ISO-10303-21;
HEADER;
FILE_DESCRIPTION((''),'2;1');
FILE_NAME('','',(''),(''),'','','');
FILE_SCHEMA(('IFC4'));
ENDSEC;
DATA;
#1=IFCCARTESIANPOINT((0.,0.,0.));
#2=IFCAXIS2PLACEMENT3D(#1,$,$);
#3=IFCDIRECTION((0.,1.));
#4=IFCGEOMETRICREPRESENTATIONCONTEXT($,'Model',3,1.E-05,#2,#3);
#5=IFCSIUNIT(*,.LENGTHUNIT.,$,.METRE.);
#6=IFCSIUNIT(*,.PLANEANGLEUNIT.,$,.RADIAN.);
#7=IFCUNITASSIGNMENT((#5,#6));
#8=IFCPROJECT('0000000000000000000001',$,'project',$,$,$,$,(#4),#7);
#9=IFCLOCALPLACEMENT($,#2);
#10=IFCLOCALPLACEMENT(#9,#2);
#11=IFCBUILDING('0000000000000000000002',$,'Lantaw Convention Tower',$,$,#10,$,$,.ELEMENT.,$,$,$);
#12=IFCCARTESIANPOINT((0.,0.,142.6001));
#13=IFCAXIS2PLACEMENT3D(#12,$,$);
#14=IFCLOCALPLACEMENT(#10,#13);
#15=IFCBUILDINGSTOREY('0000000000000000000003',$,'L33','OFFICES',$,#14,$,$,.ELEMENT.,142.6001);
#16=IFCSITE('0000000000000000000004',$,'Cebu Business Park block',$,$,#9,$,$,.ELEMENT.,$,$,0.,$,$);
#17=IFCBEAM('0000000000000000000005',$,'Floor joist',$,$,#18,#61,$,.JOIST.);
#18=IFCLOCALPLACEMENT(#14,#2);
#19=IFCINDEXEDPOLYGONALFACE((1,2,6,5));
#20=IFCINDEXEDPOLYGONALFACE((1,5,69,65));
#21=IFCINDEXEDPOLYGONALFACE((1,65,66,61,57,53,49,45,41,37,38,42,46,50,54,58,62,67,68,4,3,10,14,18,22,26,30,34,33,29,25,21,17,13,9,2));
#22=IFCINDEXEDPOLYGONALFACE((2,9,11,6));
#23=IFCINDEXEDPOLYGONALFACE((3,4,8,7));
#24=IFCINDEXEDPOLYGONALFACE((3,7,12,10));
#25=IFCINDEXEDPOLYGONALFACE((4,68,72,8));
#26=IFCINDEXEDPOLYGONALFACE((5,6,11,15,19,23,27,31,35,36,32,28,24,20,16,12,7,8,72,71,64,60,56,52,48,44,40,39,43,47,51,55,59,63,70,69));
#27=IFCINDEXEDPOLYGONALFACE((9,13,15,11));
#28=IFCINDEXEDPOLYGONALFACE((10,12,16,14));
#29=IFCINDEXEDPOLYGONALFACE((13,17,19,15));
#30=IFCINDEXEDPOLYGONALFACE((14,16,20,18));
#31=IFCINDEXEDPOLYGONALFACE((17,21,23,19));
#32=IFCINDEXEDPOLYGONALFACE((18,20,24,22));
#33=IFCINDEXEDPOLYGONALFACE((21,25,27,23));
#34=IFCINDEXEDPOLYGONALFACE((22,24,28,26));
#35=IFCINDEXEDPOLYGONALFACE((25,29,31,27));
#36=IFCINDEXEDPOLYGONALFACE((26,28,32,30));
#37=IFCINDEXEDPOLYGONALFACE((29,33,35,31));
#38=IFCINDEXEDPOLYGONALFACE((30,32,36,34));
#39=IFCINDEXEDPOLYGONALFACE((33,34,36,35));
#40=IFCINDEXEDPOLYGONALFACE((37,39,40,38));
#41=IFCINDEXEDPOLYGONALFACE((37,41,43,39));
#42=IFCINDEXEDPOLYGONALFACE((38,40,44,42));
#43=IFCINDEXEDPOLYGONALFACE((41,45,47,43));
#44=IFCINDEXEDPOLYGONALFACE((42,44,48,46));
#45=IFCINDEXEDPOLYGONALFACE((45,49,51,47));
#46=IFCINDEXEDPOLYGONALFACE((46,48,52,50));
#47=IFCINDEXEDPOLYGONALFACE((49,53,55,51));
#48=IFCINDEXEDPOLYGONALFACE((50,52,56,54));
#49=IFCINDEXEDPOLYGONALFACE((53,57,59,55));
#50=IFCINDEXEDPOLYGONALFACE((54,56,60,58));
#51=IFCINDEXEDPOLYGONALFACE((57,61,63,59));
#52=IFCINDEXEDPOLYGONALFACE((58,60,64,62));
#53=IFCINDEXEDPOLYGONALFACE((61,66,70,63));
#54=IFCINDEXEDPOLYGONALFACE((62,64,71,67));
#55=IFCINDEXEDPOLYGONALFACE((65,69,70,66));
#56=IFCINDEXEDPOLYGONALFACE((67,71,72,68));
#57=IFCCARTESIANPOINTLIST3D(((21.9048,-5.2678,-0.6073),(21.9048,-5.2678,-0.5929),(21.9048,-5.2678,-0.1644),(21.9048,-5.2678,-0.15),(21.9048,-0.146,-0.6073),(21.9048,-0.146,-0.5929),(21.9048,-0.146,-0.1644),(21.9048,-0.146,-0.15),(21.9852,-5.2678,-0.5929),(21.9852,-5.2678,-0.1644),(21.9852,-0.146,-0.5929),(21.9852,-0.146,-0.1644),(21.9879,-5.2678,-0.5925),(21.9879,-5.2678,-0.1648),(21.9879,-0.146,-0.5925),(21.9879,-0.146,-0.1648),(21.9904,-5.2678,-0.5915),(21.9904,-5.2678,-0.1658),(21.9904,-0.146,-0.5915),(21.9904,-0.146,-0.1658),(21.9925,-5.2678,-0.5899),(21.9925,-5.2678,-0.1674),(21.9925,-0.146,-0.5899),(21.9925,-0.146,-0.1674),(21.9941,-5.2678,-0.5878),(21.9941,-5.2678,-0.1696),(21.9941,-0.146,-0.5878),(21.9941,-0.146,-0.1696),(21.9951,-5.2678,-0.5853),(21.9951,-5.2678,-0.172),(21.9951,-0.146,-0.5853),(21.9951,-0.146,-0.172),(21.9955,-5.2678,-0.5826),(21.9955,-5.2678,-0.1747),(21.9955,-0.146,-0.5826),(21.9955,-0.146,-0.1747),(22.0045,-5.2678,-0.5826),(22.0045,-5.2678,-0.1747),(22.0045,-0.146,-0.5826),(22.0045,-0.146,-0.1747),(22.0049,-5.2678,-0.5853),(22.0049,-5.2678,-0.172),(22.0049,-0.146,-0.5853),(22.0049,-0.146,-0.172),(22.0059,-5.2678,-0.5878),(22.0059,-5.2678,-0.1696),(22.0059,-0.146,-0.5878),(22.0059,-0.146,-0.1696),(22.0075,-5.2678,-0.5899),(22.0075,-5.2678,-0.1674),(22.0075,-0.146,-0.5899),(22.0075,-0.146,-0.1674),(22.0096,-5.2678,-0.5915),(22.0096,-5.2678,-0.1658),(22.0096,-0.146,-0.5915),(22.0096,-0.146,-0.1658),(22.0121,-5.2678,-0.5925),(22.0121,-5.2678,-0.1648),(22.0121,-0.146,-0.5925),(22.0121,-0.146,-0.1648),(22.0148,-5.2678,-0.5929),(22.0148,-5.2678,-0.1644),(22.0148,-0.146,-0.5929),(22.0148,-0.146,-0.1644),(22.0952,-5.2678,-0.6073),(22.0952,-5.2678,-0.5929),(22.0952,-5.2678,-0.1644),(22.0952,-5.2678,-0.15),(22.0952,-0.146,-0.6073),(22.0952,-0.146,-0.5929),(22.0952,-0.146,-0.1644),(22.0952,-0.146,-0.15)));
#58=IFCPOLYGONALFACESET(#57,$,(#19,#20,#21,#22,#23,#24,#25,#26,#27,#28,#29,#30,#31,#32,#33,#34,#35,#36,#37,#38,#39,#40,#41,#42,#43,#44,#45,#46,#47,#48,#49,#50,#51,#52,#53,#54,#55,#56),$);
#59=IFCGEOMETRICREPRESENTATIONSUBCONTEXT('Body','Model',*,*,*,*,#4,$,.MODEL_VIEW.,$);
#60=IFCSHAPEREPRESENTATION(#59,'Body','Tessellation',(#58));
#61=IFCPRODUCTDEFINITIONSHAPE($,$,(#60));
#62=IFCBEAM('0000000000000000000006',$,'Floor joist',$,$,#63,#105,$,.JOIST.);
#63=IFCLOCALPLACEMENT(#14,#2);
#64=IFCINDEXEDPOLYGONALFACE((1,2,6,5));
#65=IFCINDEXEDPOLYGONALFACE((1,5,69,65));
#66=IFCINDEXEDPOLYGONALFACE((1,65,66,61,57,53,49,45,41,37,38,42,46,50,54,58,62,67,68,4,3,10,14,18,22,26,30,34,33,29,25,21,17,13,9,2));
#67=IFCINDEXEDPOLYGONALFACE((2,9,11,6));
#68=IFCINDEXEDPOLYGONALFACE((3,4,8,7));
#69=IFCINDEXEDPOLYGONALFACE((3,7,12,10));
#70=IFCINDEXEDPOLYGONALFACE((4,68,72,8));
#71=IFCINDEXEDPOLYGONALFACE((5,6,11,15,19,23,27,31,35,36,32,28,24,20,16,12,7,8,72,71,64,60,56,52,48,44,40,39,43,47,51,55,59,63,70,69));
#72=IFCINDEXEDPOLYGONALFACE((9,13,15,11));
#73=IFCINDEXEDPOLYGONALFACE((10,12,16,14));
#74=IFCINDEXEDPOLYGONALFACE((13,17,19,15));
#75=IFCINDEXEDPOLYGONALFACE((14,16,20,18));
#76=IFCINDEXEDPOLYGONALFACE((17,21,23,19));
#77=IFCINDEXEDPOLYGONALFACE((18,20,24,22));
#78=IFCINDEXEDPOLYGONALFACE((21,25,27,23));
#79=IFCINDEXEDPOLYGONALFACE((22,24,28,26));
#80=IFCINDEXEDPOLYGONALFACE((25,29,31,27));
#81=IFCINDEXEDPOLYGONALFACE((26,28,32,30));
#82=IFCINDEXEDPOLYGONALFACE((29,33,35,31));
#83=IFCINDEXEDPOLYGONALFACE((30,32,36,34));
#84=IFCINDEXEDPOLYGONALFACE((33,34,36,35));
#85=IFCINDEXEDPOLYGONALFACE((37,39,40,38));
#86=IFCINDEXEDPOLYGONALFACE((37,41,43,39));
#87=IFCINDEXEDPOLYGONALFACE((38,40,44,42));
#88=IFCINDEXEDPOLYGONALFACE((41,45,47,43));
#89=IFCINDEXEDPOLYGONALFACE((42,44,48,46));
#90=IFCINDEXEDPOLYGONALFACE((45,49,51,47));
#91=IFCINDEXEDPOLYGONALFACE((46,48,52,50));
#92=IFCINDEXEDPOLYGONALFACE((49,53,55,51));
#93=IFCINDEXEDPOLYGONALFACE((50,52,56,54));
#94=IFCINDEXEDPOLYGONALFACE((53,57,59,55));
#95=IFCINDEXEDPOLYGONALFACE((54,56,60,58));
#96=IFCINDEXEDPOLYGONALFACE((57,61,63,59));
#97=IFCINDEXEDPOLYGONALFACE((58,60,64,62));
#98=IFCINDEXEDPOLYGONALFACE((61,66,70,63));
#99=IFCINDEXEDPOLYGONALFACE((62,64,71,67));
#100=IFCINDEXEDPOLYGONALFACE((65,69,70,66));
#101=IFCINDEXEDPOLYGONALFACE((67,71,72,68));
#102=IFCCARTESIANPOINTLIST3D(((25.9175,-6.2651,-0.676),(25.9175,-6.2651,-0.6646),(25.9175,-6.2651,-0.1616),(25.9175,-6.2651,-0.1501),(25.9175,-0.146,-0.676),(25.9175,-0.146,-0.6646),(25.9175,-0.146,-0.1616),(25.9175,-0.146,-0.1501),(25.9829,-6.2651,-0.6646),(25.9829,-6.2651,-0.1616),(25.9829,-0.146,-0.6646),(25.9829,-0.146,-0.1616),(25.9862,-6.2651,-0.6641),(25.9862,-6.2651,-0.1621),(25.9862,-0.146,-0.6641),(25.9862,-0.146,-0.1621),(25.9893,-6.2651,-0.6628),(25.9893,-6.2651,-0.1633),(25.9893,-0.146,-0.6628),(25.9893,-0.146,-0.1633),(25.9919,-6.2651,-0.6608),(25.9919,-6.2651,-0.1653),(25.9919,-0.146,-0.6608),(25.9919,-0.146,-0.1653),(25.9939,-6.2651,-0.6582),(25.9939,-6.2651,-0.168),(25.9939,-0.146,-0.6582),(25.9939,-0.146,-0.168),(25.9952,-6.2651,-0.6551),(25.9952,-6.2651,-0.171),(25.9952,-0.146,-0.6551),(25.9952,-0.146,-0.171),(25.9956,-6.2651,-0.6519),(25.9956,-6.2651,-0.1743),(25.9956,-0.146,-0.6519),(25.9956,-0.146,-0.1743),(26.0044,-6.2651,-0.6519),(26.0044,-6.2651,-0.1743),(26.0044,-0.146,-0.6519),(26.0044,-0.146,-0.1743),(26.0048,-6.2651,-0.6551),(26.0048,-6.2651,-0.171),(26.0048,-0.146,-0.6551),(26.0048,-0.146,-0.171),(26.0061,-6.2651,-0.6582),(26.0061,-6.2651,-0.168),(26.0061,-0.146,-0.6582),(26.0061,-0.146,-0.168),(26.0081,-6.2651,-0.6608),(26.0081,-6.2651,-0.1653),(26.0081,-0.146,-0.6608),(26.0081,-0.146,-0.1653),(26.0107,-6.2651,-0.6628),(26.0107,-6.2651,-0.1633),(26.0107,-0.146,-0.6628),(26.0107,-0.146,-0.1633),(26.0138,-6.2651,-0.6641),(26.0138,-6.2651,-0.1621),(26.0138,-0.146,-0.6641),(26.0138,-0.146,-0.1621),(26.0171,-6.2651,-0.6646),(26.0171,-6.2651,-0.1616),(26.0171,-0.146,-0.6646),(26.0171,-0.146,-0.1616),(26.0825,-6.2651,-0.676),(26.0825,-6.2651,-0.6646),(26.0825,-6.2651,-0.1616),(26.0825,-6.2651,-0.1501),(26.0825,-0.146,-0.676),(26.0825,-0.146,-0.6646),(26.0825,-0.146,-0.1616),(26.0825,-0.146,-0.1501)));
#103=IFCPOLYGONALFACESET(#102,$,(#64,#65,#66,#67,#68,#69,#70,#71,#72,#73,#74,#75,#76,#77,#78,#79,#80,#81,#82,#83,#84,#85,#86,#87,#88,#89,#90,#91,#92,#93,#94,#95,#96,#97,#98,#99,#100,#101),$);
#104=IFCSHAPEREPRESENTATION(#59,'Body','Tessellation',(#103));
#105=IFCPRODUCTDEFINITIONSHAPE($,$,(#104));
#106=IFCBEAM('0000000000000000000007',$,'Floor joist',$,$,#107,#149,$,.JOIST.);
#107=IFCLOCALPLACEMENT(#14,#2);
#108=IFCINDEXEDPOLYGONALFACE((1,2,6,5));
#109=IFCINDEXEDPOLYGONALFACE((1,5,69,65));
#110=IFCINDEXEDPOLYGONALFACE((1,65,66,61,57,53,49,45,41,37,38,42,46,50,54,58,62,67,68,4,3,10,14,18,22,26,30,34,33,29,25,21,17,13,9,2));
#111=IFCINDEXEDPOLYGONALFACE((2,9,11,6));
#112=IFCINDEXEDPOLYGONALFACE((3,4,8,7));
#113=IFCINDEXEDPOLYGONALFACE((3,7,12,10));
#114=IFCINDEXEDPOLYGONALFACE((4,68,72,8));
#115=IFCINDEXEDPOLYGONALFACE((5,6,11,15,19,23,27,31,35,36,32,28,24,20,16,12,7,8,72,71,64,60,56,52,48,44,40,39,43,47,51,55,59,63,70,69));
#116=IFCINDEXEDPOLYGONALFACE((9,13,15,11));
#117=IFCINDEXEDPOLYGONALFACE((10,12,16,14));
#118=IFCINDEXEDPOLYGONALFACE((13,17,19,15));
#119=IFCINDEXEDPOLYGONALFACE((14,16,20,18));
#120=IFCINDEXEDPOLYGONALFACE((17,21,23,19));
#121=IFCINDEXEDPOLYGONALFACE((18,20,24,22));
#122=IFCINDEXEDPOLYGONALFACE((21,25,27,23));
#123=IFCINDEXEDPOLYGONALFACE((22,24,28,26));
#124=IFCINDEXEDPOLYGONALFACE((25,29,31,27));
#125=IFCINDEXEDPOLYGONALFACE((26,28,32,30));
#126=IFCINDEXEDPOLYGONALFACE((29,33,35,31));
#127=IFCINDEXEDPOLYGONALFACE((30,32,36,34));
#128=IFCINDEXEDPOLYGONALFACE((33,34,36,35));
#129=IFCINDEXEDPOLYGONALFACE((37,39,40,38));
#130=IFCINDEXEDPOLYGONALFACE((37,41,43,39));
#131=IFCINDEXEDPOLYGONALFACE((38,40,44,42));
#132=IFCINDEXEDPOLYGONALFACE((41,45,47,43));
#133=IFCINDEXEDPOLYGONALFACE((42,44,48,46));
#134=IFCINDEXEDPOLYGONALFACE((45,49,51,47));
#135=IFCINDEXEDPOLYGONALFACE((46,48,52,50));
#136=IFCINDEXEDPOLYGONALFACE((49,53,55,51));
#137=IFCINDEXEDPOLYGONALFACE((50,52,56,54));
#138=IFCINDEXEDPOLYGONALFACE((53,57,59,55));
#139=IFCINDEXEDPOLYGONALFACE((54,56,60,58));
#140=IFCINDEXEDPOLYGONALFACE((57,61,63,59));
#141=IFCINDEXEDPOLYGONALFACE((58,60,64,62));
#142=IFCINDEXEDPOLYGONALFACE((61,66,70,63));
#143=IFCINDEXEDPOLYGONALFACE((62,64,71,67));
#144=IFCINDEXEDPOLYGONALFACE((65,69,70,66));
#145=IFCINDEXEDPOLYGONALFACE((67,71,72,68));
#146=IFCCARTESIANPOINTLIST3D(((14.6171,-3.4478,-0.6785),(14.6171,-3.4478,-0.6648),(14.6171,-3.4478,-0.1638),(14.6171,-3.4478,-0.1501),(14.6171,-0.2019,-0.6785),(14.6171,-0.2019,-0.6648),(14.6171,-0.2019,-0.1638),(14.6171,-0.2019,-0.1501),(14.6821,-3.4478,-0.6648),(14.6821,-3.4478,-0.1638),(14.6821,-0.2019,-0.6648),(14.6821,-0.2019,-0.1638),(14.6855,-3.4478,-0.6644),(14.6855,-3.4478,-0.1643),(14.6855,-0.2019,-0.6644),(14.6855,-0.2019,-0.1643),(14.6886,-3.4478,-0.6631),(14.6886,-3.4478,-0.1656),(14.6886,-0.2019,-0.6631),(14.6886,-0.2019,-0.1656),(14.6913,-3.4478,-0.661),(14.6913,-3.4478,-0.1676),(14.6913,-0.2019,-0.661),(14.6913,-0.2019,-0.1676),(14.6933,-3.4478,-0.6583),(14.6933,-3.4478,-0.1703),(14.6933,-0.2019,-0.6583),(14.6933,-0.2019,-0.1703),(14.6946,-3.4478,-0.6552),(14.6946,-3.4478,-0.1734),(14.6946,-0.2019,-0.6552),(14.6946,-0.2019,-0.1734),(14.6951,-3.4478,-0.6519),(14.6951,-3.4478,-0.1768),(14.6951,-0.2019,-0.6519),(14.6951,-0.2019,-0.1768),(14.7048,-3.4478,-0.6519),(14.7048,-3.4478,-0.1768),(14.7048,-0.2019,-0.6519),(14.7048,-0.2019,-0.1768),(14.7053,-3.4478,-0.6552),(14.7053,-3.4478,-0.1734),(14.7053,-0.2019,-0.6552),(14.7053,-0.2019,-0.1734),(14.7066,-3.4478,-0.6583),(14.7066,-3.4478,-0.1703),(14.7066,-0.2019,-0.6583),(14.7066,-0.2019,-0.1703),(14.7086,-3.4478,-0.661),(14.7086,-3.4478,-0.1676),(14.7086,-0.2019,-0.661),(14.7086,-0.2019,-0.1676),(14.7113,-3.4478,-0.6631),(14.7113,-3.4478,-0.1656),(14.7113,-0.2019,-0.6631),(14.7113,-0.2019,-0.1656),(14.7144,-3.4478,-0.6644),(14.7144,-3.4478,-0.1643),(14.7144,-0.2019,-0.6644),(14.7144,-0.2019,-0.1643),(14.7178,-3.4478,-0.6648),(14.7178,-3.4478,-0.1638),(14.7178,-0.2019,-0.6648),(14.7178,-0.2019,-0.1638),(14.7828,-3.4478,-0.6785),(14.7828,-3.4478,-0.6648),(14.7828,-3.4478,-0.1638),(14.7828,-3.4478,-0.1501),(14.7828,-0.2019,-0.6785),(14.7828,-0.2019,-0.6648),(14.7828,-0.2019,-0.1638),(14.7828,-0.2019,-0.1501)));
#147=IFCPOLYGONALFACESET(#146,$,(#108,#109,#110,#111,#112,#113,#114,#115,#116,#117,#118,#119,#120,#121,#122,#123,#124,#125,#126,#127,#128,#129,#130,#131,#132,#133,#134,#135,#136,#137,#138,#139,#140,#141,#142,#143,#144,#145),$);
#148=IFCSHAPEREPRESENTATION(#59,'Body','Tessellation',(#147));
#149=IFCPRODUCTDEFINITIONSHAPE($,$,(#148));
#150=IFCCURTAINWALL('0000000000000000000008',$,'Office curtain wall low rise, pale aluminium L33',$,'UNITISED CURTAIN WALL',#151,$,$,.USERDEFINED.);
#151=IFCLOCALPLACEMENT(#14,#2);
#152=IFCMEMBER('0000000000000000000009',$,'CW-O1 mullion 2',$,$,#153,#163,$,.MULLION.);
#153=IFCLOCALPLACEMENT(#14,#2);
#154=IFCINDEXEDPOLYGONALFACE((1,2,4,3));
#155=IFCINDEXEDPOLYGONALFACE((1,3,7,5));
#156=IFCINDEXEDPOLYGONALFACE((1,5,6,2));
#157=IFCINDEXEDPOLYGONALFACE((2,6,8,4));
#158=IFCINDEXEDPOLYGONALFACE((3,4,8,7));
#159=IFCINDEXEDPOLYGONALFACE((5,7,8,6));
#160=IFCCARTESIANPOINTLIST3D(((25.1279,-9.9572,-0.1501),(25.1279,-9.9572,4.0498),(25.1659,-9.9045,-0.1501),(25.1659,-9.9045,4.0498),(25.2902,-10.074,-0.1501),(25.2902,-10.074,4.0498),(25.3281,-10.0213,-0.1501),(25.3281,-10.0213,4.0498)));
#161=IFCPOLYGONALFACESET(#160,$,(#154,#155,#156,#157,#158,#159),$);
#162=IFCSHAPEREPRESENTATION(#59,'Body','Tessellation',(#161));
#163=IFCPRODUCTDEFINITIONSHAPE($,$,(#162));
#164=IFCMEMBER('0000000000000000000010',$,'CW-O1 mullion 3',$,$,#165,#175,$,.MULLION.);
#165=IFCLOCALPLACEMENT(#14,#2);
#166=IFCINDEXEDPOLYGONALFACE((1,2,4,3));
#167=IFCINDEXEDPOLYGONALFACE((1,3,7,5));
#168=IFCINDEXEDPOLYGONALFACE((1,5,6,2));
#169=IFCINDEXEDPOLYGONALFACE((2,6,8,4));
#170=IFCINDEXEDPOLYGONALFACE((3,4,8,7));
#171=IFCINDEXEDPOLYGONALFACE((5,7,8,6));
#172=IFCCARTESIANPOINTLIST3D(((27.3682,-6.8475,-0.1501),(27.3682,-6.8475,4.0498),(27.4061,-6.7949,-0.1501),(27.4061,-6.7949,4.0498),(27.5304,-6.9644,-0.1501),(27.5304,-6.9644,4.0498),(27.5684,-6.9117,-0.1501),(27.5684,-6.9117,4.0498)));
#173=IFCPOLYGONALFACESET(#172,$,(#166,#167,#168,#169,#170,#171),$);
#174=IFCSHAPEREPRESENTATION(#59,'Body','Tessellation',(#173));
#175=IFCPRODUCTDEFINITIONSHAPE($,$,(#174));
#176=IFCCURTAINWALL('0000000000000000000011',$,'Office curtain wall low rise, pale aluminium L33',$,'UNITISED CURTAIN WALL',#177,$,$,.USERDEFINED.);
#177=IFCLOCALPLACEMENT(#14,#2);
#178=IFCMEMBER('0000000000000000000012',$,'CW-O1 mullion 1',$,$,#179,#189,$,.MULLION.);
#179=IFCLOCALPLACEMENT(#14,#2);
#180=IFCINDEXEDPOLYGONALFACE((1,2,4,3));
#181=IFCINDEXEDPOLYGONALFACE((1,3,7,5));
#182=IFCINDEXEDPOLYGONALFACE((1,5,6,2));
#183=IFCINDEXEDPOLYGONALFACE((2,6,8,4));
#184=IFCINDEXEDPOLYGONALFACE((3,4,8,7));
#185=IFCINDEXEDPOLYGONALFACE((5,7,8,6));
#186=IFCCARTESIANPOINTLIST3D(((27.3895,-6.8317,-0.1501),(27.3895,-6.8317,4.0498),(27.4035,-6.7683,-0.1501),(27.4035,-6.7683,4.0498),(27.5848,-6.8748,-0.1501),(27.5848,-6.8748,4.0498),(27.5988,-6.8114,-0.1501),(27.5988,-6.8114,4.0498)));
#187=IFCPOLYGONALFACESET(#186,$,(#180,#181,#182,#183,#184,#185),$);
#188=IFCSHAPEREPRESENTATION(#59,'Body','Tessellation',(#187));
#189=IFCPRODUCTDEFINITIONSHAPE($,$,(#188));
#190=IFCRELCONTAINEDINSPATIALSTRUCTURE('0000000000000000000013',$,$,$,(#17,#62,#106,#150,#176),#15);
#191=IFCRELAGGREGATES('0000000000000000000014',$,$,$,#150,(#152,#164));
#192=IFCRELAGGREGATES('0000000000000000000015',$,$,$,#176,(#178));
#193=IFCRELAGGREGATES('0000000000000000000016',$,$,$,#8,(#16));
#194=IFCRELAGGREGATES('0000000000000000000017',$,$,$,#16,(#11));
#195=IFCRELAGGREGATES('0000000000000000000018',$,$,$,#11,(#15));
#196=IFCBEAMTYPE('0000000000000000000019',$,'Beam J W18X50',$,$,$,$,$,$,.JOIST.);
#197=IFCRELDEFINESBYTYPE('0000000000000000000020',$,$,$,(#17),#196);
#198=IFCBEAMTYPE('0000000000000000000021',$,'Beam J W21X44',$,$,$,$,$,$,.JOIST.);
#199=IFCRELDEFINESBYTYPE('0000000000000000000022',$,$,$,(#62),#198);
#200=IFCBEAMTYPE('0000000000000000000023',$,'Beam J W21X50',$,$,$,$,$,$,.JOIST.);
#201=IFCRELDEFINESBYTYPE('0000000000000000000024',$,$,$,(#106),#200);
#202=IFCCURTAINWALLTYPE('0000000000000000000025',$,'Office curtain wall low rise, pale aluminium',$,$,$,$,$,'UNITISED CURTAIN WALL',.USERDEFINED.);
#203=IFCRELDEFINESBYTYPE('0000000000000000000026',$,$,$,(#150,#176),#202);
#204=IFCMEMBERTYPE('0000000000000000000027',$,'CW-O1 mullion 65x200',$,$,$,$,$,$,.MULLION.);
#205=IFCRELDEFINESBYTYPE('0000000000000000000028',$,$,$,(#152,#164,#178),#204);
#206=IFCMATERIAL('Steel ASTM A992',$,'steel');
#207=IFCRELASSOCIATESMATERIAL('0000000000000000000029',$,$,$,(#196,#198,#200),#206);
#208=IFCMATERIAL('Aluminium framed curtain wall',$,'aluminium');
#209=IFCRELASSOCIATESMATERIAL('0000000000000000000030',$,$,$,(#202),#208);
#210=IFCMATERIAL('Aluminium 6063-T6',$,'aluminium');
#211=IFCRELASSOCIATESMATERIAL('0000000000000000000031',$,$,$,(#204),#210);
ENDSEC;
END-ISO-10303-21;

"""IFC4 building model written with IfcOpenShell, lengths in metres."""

from ifc_helpers import new_model, si_unit, direction, frame, origin, origin_2d, place, context, subcontext, project, spatial, rectangle, i_section, extrude, material, material_profile, profile_set, type_object, element, aggregate, save


model = new_model("IFC4")

# Units and contexts
model_context = context("Model", 3, precision=1e-05, world=origin(), true_north=direction((0.0, 1.0)))
body_context = subcontext(model_context, "Body", "Model", "MODEL_VIEW")
ifc_project = project(units=[si_unit("LENGTHUNIT", "METRE"), si_unit("PLANEANGLEUNIT", "RADIAN")], contexts=[model_context])

# Site, building, storey
site_placement = place(None, origin())
site = spatial("IfcSite", under=ifc_project, at=site_placement, Name="Cebu Business Park block", CompositionType="ELEMENT", RefElevation=0.0)
building_placement = place(site_placement, origin())
building = spatial("IfcBuilding", under=site, at=building_placement, Name="Lantaw Convention Tower", CompositionType="ELEMENT")
storey_placement = place(building_placement, frame((0.0, 0.0, 142.6001)))
storey = spatial("IfcBuildingStorey", under=building, at=storey_placement, Name="L33", Description="OFFICES", CompositionType="ELEMENT", Elevation=142.6001)

# Beams
ifc_material_1 = material(Name="Steel ASTM A992", Category="steel")
ifc_material_profile_1 = material_profile(ifc_material_1, i_section(OverallWidth=0.1904, OverallDepth=0.4573, WebThickness=0.009, FlangeThickness=0.0144, FilletRadius=0.0103, at=origin_2d()), Name="W18X50")
ifc_profile_set_1 = profile_set([ifc_material_profile_1], Name="Steel ASTM A992")
beam_type_1 = type_object("IfcBeamType", Name="Beam J W18X50", PredefinedType="JOIST", material=ifc_profile_set_1)
beam_1_placement = place(storey_placement, frame((22.0, -5.2678, -0.3787), z_axis=(0.0, 1.0, 0.0), x_axis=(-1.0, 0.0, 0.0)))
element("IfcBeam", 1, at=beam_1_placement, inside=storey, type_object=beam_type_1, Name="Floor joist", PredefinedType="JOIST", context=body_context, shape_type="SweptSolid", body=[
    extrude(i_section(OverallWidth=0.1904, OverallDepth=0.4573, WebThickness=0.009, FlangeThickness=0.0144, FilletRadius=0.0103, at=origin_2d()), origin(), (0.0, 0.0, 1.0), 5.1218),
])
ifc_material_profile_2 = material_profile(ifc_material_1, i_section(OverallWidth=0.165, OverallDepth=0.5259, WebThickness=0.0088, FlangeThickness=0.0115, FilletRadius=0.0127, at=origin_2d()), Name="W21X44")
ifc_profile_set_2 = profile_set([ifc_material_profile_2], Name="Steel ASTM A992")
beam_type_2 = type_object("IfcBeamType", Name="Beam J W21X44", PredefinedType="JOIST", material=ifc_profile_set_2)
beam_2_placement = place(storey_placement, frame((26.0, -6.2651, -0.4131), z_axis=(0.0, 1.0, 0.0), x_axis=(-1.0, 0.0, 0.0)))
element("IfcBeam", 2, at=beam_2_placement, inside=storey, type_object=beam_type_2, Name="Floor joist", PredefinedType="JOIST", context=body_context, shape_type="SweptSolid", body=[
    extrude(i_section(OverallWidth=0.165, OverallDepth=0.5259, WebThickness=0.0088, FlangeThickness=0.0115, FilletRadius=0.0127, at=origin_2d()), origin(), (0.0, 0.0, 1.0), 6.1191),
])
ifc_material_profile_3 = material_profile(ifc_material_1, i_section(OverallWidth=0.1658, OverallDepth=0.5283, WebThickness=0.0098, FlangeThickness=0.0137, FilletRadius=0.0129, at=origin_2d()), Name="W21X50")
ifc_profile_set_3 = profile_set([ifc_material_profile_3], Name="Steel ASTM A992")
beam_type_3 = type_object("IfcBeamType", Name="Beam J W21X50", PredefinedType="JOIST", material=ifc_profile_set_3)
beam_3_placement = place(storey_placement, frame((14.7, -3.4478, -0.4143), z_axis=(0.0, 1.0, 0.0), x_axis=(-1.0, 0.0, 0.0)))
element("IfcBeam", 3, at=beam_3_placement, inside=storey, type_object=beam_type_3, Name="Floor joist", PredefinedType="JOIST", context=body_context, shape_type="SweptSolid", body=[
    extrude(i_section(OverallWidth=0.1658, OverallDepth=0.5283, WebThickness=0.0098, FlangeThickness=0.0137, FilletRadius=0.0129, at=origin_2d()), origin(), (0.0, 0.0, 1.0), 3.2458),
])

# Curtain walls, members
ifc_material_2 = material(Name="Aluminium framed curtain wall", Category="aluminium")
curtain_wall_type = type_object("IfcCurtainWallType", Name="Office curtain wall low rise, pale aluminium", ElementType="UNITISED CURTAIN WALL", PredefinedType="USERDEFINED", material=ifc_material_2)
curtain_wall_1_placement = place(storey_placement, origin())
curtain_wall_1 = element("IfcCurtainWall", 4, at=curtain_wall_1_placement, inside=storey, type_object=curtain_wall_type, Name="Office curtain wall low rise, pale aluminium L33", ObjectType="UNITISED CURTAIN WALL", PredefinedType="USERDEFINED")
ifc_material_3 = material(Name="Aluminium 6063-T6", Category="aluminium")
ifc_material_profile_4 = material_profile(ifc_material_3, rectangle(XDim=0.2, YDim=0.0649, at=origin_2d()), Name="CW-O1 mullion 65x200")
ifc_profile_set_4 = profile_set([ifc_material_profile_4], Name="Aluminium 6063-T6")
member_type_1 = type_object("IfcMemberType", Name="CW-O1 mullion 65x200", PredefinedType="MULLION", material=ifc_profile_set_4)
member_1_placement = place(storey_placement, frame((25.228, -9.9893, -0.1501), z_axis=(0.0, 0.0, 1.0), x_axis=(-0.811385, 0.584513, 0.0)))
member_1 = element("IfcMember", 5, at=member_1_placement, type_object=member_type_1, Name="CW-O1 mullion 2", PredefinedType="MULLION", context=body_context, shape_type="SweptSolid", body=[
    extrude(rectangle(XDim=0.2, YDim=0.0649, at=origin_2d()), origin(), (0.0, 0.0, 1.0), 4.2),
])
member_2_placement = place(storey_placement, frame((27.4683, -6.8796, -0.1501), z_axis=(0.0, 0.0, 1.0), x_axis=(-0.811385, 0.584513, 0.0)))
member_2 = element("IfcMember", 6, at=member_2_placement, type_object=member_type_1, Name="CW-O1 mullion 3", PredefinedType="MULLION", context=body_context, shape_type="SweptSolid", body=[
    extrude(rectangle(XDim=0.2, YDim=0.0649, at=origin_2d()), origin(), (0.0, 0.0, 1.0), 4.2),
])
curtain_wall_2_placement = place(storey_placement, origin())
curtain_wall_2 = element("IfcCurtainWall", 7, at=curtain_wall_2_placement, inside=storey, type_object=curtain_wall_type, Name="Office curtain wall low rise, pale aluminium L33", ObjectType="UNITISED CURTAIN WALL", PredefinedType="USERDEFINED")
member_3_placement = place(storey_placement, frame((27.4941, -6.8215, -0.1501), z_axis=(0.0, 0.0, 1.0), x_axis=(-0.976494, 0.215546, 0.0)))
member_3 = element("IfcMember", 8, at=member_3_placement, type_object=member_type_1, Name="CW-O1 mullion 1", PredefinedType="MULLION", context=body_context, shape_type="SweptSolid", body=[
    extrude(rectangle(XDim=0.2, YDim=0.0649, at=origin_2d()), origin(), (0.0, 0.0, 1.0), 4.2),
])

aggregate(curtain_wall_1, [member_1, member_2])
aggregate(curtain_wall_2, [member_3])

save(model, "model.ifc")
